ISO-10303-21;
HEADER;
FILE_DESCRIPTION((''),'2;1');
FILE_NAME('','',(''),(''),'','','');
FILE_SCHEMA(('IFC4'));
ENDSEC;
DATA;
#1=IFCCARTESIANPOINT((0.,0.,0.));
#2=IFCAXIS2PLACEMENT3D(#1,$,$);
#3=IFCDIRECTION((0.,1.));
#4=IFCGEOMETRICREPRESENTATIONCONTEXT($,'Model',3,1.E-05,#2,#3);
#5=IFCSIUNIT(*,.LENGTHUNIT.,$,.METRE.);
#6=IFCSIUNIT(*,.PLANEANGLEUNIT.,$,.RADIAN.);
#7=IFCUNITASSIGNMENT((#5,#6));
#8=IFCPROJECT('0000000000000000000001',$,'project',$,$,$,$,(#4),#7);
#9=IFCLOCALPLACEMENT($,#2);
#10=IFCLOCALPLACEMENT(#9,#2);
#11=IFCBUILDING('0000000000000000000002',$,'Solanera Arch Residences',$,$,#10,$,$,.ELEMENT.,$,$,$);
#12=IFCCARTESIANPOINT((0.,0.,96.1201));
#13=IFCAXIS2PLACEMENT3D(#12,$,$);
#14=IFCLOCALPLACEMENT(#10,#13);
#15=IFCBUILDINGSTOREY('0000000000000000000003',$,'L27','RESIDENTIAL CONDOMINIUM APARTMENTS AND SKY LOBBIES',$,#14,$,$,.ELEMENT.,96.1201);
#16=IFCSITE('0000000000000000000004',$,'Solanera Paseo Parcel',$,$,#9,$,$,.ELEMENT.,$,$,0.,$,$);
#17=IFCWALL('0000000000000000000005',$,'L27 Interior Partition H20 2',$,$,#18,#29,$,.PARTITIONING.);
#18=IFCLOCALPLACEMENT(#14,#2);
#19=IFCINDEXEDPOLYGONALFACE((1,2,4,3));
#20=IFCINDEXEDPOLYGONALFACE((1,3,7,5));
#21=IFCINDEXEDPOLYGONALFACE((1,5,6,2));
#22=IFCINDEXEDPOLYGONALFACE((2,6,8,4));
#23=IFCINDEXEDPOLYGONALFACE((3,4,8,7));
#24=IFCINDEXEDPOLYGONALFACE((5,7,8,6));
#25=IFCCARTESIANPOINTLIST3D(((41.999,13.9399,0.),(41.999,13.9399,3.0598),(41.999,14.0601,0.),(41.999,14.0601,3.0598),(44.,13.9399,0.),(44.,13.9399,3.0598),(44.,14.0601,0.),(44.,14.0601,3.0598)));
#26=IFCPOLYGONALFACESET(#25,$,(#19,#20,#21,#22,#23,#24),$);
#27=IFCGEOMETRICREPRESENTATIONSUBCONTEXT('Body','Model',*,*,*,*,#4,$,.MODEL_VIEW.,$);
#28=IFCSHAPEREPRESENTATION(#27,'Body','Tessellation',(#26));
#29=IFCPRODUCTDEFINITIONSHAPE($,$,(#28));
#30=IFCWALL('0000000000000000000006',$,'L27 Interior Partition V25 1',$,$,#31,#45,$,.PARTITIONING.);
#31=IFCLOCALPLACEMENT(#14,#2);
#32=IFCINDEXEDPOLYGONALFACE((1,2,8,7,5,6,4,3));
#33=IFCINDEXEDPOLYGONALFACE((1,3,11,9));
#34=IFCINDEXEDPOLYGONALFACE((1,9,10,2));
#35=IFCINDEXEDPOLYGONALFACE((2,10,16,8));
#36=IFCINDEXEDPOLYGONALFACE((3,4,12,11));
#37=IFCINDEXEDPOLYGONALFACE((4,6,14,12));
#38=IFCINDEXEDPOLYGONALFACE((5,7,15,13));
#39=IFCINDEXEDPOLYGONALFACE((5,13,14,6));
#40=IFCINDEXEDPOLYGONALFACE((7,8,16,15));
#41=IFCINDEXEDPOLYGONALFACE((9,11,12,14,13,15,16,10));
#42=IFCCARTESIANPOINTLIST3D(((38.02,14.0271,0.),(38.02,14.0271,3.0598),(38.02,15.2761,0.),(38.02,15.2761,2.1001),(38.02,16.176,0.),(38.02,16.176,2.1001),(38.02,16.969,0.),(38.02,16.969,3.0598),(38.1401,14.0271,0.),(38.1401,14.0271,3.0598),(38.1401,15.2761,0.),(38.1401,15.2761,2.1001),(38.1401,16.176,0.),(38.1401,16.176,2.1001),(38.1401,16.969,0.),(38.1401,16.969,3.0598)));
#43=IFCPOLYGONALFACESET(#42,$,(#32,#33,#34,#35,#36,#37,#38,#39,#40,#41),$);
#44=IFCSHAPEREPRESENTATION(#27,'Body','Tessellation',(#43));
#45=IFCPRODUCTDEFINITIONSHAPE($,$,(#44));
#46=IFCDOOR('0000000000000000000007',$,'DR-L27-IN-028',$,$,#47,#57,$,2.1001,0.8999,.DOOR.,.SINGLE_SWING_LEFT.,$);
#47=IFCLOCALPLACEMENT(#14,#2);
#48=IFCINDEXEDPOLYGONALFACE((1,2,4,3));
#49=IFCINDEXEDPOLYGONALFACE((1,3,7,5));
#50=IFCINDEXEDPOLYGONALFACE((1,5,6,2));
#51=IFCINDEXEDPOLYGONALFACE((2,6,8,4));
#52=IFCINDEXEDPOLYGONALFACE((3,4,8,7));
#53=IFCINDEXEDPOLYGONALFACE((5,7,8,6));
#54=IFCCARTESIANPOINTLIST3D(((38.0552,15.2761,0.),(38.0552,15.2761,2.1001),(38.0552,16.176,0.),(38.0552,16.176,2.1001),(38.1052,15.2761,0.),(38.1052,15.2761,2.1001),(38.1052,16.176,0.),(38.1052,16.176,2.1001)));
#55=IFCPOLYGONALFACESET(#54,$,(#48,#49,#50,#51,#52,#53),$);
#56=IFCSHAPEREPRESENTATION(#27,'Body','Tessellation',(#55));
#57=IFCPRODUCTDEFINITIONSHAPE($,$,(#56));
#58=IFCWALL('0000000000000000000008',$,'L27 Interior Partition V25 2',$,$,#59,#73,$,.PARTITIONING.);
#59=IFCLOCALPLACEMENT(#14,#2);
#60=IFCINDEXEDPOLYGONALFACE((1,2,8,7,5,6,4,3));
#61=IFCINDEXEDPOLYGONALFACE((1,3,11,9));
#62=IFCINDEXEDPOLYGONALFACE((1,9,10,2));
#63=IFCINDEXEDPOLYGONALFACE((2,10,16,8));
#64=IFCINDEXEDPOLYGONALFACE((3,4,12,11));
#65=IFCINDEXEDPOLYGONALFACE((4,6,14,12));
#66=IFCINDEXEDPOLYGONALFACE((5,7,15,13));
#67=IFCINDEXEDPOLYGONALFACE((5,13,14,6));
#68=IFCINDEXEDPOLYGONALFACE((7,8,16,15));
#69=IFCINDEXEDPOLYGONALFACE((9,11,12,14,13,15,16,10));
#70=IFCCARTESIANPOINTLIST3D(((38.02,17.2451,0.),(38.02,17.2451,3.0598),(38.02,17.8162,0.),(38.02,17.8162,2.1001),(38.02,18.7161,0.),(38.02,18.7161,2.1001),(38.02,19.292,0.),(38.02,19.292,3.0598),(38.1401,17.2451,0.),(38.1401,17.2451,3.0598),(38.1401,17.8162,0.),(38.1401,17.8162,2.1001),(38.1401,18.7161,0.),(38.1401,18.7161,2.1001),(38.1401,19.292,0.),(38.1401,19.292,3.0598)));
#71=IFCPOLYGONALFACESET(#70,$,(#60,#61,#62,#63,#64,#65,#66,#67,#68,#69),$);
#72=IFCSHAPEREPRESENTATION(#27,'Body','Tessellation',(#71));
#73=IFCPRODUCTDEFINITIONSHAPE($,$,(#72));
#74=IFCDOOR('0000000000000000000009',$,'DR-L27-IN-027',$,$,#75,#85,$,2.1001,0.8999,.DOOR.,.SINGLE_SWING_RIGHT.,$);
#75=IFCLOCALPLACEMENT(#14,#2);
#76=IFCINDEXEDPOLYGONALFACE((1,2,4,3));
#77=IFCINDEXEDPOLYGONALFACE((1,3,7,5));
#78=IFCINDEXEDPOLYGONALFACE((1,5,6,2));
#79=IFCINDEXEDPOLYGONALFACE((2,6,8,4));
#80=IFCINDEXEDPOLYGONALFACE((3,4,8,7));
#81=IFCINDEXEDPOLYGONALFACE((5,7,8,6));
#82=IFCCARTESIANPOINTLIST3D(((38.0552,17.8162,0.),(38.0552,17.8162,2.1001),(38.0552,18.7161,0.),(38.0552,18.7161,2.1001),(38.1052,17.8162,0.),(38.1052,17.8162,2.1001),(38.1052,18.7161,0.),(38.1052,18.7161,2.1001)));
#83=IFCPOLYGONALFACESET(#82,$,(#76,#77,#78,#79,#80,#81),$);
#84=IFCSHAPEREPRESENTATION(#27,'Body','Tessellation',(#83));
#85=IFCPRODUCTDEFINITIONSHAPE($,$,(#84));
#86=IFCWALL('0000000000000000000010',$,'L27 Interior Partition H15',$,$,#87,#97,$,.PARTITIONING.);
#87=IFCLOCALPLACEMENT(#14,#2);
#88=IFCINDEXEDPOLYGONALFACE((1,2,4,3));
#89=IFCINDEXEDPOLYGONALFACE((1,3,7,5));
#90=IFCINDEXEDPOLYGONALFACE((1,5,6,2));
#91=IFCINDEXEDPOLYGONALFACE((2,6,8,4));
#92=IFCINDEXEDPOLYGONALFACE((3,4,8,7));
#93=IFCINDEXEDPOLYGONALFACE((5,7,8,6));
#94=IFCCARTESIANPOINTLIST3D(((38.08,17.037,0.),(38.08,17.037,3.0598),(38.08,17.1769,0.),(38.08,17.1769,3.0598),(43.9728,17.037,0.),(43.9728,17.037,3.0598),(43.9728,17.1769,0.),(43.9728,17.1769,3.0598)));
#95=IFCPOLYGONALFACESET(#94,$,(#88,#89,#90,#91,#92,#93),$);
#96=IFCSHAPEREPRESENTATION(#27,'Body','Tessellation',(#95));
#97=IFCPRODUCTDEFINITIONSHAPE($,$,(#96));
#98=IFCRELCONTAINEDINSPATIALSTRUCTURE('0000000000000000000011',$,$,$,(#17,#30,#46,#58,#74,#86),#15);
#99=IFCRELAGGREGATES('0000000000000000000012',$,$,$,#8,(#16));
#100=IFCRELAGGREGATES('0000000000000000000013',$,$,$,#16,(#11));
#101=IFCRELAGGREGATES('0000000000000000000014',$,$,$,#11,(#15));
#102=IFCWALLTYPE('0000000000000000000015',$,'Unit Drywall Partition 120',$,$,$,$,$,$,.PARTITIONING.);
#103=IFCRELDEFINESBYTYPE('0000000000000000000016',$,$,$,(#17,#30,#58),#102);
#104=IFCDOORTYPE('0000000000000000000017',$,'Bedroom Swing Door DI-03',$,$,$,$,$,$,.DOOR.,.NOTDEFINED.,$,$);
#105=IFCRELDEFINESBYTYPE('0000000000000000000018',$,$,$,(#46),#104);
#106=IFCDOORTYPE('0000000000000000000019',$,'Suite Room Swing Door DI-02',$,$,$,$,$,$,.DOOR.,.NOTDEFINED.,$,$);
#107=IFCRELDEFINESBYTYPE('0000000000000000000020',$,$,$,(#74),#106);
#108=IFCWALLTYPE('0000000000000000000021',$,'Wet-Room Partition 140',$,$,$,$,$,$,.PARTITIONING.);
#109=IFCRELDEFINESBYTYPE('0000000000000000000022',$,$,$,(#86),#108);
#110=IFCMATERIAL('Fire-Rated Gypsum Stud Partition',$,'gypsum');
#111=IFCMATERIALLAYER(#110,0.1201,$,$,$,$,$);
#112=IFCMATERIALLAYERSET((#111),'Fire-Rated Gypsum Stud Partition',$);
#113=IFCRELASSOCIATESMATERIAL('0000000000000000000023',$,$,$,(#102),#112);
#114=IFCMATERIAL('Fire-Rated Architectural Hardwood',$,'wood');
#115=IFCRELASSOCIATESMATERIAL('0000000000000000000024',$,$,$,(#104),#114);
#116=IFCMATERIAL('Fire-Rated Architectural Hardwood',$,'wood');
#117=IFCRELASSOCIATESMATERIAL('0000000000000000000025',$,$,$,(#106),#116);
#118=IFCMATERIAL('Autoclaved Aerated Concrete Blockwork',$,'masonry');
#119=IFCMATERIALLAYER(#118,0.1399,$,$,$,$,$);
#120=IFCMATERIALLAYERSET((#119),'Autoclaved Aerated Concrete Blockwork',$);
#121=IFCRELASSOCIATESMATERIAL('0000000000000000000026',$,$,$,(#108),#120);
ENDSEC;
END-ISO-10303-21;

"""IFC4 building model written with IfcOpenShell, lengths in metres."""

from ifc_helpers import new_model, si_unit, direction, frame, frame_2d, origin, place, context, subcontext, project, spatial, rectangle, extrude, material, layer, layer_set, type_object, element, fill, save


model = new_model("IFC4")

# Units and contexts
model_context = context("Model", 3, precision=1e-05, world=origin(), true_north=direction((0.0, 1.0)))
body_context = subcontext(model_context, "Body", "Model", "MODEL_VIEW")
ifc_project = project(units=[si_unit("LENGTHUNIT", "METRE"), si_unit("PLANEANGLEUNIT", "RADIAN")], contexts=[model_context])

# Site, building, storey
site_placement = place(None, origin())
site = spatial("IfcSite", under=ifc_project, at=site_placement, Name="Solanera Paseo Parcel", CompositionType="ELEMENT", RefElevation=0.0)
building_placement = place(site_placement, origin())
building = spatial("IfcBuilding", under=site, at=building_placement, Name="Solanera Arch Residences", CompositionType="ELEMENT")
storey_placement = place(building_placement, frame((0.0, 0.0, 96.1201)))
storey = spatial("IfcBuildingStorey", under=building, at=storey_placement, Name="L27", Description="RESIDENTIAL CONDOMINIUM APARTMENTS AND SKY LOBBIES", CompositionType="ELEMENT", Elevation=96.1201)

# Wall
ifc_material_1 = material(Name="Fire-Rated Gypsum Stud Partition", Category="gypsum")
ifc_layer_1 = layer(ifc_material_1, 0.1201)
ifc_layer_set_1 = layer_set([ifc_layer_1], Name="Fire-Rated Gypsum Stud Partition")
wall_type_1 = type_object("IfcWallType", Name="Unit Drywall Partition 120", PredefinedType="PARTITIONING", material=ifc_layer_set_1)
wall_1_placement = place(storey_placement, frame((41.999, 14.0, 0.0), z_axis=(0.0, 0.0, 1.0), x_axis=(1.0, 0.0, 0.0)))
element("IfcWall", 1, at=wall_1_placement, inside=storey, type_object=wall_type_1, Name="L27 Interior Partition H20 2", PredefinedType="PARTITIONING", context=body_context, shape_type="SweptSolid", body=[
    extrude(rectangle(XDim=2.001, YDim=0.1201, at=frame_2d((1.0005, 0.0))), origin(), (0.0, 0.0, 1.0), 3.0598),
])

# Walls, openings, doors
wall_2_placement = place(storey_placement, frame((38.0801, 14.0271, 0.0), z_axis=(0.0, 0.0, 1.0), x_axis=(0.0, 1.0, 0.0)))
wall_2 = element("IfcWall", 2, at=wall_2_placement, inside=storey, type_object=wall_type_1, Name="L27 Interior Partition V25 1", PredefinedType="PARTITIONING", context=body_context, shape_type="SweptSolid", body=[
    extrude(rectangle(XDim=2.9419, YDim=0.1201, at=frame_2d((1.4709, 0.0))), origin(), (0.0, 0.0, 1.0), 3.0598),
])
opening_1_placement = place(wall_2_placement, frame((1.249, 0.0, 0.0)))
opening_1 = element("IfcOpeningElement", 3, at=opening_1_placement, cuts=wall_2, PredefinedType="OPENING", context=body_context, shape_type="SweptSolid", body=[
    extrude(rectangle(XDim=0.8999, YDim=2.1001, at=frame_2d((0.45, 1.05))), frame((0.0, 0.0701, 0.0), z_axis=(0.0, -1.0, 0.0), x_axis=(1.0, 0.0, 0.0)), (0.0, 0.0, 1.0), 0.1401),
])
ifc_material_2 = material(Name="Fire-Rated Architectural Hardwood", Category="wood")
door_type_1 = type_object("IfcDoorType", Name="Bedroom Swing Door DI-03", OperationType="NOTDEFINED", PredefinedType="DOOR", material=ifc_material_2)
door_1_placement = place(opening_1_placement, origin())
door_1 = element("IfcDoor", 4, at=door_1_placement, inside=storey, type_object=door_type_1, Name="DR-L27-IN-028", OperationType="SINGLE_SWING_LEFT", OverallHeight=2.1001, OverallWidth=0.8999, PredefinedType="DOOR", context=body_context, shape_type="SweptSolid", body=[
    extrude(rectangle(XDim=0.8999, YDim=2.1001, at=frame_2d((0.45, 1.05))), frame((0.0, 0.0249, 0.0), z_axis=(0.0, -1.0, 0.0), x_axis=(1.0, 0.0, 0.0)), (0.0, 0.0, 1.0), 0.05),
])
fill(opening_1, door_1)
wall_3_placement = place(storey_placement, frame((38.0801, 17.2451, 0.0), z_axis=(0.0, 0.0, 1.0), x_axis=(0.0, 1.0, 0.0)))
wall_3 = element("IfcWall", 5, at=wall_3_placement, inside=storey, type_object=wall_type_1, Name="L27 Interior Partition V25 2", PredefinedType="PARTITIONING", context=body_context, shape_type="SweptSolid", body=[
    extrude(rectangle(XDim=2.0469, YDim=0.1201, at=frame_2d((1.0234, 0.0))), origin(), (0.0, 0.0, 1.0), 3.0598),
])
opening_2_placement = place(wall_3_placement, frame((0.571, 0.0, 0.0)))
opening_2 = element("IfcOpeningElement", 6, at=opening_2_placement, cuts=wall_3, PredefinedType="OPENING", context=body_context, shape_type="SweptSolid", body=[
    extrude(rectangle(XDim=0.8999, YDim=2.1001, at=frame_2d((0.45, 1.05))), frame((0.0, 0.0701, 0.0), z_axis=(0.0, -1.0, 0.0), x_axis=(1.0, 0.0, 0.0)), (0.0, 0.0, 1.0), 0.1401),
])
ifc_material_3 = material(Name="Fire-Rated Architectural Hardwood", Category="wood")
door_type_2 = type_object("IfcDoorType", Name="Suite Room Swing Door DI-02", OperationType="NOTDEFINED", PredefinedType="DOOR", material=ifc_material_3)
door_2_placement = place(opening_2_placement, origin())
door_2 = element("IfcDoor", 7, at=door_2_placement, inside=storey, type_object=door_type_2, Name="DR-L27-IN-027", OperationType="SINGLE_SWING_RIGHT", OverallHeight=2.1001, OverallWidth=0.8999, PredefinedType="DOOR", context=body_context, shape_type="SweptSolid", body=[
    extrude(rectangle(XDim=0.8999, YDim=2.1001, at=frame_2d((0.45, 1.05))), frame((0.0, 0.0249, 0.0), z_axis=(0.0, -1.0, 0.0), x_axis=(1.0, 0.0, 0.0)), (0.0, 0.0, 1.0), 0.05),
])
fill(opening_2, door_2)

# Wall
ifc_material_4 = material(Name="Autoclaved Aerated Concrete Blockwork", Category="masonry")
ifc_layer_2 = layer(ifc_material_4, 0.1399)
ifc_layer_set_2 = layer_set([ifc_layer_2], Name="Autoclaved Aerated Concrete Blockwork")
wall_type_2 = type_object("IfcWallType", Name="Wet-Room Partition 140", PredefinedType="PARTITIONING", material=ifc_layer_set_2)
wall_4_placement = place(storey_placement, frame((38.0801, 17.1069, 0.0), z_axis=(0.0, 0.0, 1.0), x_axis=(1.0, 0.0, 0.0)))
element("IfcWall", 8, at=wall_4_placement, inside=storey, type_object=wall_type_2, Name="L27 Interior Partition H15", PredefinedType="PARTITIONING", context=body_context, shape_type="SweptSolid", body=[
    extrude(rectangle(XDim=5.8928, YDim=0.1399, at=frame_2d((2.9463, 0.0))), origin(), (0.0, 0.0, 1.0), 3.0598),
])

save(model, "model.ifc")
